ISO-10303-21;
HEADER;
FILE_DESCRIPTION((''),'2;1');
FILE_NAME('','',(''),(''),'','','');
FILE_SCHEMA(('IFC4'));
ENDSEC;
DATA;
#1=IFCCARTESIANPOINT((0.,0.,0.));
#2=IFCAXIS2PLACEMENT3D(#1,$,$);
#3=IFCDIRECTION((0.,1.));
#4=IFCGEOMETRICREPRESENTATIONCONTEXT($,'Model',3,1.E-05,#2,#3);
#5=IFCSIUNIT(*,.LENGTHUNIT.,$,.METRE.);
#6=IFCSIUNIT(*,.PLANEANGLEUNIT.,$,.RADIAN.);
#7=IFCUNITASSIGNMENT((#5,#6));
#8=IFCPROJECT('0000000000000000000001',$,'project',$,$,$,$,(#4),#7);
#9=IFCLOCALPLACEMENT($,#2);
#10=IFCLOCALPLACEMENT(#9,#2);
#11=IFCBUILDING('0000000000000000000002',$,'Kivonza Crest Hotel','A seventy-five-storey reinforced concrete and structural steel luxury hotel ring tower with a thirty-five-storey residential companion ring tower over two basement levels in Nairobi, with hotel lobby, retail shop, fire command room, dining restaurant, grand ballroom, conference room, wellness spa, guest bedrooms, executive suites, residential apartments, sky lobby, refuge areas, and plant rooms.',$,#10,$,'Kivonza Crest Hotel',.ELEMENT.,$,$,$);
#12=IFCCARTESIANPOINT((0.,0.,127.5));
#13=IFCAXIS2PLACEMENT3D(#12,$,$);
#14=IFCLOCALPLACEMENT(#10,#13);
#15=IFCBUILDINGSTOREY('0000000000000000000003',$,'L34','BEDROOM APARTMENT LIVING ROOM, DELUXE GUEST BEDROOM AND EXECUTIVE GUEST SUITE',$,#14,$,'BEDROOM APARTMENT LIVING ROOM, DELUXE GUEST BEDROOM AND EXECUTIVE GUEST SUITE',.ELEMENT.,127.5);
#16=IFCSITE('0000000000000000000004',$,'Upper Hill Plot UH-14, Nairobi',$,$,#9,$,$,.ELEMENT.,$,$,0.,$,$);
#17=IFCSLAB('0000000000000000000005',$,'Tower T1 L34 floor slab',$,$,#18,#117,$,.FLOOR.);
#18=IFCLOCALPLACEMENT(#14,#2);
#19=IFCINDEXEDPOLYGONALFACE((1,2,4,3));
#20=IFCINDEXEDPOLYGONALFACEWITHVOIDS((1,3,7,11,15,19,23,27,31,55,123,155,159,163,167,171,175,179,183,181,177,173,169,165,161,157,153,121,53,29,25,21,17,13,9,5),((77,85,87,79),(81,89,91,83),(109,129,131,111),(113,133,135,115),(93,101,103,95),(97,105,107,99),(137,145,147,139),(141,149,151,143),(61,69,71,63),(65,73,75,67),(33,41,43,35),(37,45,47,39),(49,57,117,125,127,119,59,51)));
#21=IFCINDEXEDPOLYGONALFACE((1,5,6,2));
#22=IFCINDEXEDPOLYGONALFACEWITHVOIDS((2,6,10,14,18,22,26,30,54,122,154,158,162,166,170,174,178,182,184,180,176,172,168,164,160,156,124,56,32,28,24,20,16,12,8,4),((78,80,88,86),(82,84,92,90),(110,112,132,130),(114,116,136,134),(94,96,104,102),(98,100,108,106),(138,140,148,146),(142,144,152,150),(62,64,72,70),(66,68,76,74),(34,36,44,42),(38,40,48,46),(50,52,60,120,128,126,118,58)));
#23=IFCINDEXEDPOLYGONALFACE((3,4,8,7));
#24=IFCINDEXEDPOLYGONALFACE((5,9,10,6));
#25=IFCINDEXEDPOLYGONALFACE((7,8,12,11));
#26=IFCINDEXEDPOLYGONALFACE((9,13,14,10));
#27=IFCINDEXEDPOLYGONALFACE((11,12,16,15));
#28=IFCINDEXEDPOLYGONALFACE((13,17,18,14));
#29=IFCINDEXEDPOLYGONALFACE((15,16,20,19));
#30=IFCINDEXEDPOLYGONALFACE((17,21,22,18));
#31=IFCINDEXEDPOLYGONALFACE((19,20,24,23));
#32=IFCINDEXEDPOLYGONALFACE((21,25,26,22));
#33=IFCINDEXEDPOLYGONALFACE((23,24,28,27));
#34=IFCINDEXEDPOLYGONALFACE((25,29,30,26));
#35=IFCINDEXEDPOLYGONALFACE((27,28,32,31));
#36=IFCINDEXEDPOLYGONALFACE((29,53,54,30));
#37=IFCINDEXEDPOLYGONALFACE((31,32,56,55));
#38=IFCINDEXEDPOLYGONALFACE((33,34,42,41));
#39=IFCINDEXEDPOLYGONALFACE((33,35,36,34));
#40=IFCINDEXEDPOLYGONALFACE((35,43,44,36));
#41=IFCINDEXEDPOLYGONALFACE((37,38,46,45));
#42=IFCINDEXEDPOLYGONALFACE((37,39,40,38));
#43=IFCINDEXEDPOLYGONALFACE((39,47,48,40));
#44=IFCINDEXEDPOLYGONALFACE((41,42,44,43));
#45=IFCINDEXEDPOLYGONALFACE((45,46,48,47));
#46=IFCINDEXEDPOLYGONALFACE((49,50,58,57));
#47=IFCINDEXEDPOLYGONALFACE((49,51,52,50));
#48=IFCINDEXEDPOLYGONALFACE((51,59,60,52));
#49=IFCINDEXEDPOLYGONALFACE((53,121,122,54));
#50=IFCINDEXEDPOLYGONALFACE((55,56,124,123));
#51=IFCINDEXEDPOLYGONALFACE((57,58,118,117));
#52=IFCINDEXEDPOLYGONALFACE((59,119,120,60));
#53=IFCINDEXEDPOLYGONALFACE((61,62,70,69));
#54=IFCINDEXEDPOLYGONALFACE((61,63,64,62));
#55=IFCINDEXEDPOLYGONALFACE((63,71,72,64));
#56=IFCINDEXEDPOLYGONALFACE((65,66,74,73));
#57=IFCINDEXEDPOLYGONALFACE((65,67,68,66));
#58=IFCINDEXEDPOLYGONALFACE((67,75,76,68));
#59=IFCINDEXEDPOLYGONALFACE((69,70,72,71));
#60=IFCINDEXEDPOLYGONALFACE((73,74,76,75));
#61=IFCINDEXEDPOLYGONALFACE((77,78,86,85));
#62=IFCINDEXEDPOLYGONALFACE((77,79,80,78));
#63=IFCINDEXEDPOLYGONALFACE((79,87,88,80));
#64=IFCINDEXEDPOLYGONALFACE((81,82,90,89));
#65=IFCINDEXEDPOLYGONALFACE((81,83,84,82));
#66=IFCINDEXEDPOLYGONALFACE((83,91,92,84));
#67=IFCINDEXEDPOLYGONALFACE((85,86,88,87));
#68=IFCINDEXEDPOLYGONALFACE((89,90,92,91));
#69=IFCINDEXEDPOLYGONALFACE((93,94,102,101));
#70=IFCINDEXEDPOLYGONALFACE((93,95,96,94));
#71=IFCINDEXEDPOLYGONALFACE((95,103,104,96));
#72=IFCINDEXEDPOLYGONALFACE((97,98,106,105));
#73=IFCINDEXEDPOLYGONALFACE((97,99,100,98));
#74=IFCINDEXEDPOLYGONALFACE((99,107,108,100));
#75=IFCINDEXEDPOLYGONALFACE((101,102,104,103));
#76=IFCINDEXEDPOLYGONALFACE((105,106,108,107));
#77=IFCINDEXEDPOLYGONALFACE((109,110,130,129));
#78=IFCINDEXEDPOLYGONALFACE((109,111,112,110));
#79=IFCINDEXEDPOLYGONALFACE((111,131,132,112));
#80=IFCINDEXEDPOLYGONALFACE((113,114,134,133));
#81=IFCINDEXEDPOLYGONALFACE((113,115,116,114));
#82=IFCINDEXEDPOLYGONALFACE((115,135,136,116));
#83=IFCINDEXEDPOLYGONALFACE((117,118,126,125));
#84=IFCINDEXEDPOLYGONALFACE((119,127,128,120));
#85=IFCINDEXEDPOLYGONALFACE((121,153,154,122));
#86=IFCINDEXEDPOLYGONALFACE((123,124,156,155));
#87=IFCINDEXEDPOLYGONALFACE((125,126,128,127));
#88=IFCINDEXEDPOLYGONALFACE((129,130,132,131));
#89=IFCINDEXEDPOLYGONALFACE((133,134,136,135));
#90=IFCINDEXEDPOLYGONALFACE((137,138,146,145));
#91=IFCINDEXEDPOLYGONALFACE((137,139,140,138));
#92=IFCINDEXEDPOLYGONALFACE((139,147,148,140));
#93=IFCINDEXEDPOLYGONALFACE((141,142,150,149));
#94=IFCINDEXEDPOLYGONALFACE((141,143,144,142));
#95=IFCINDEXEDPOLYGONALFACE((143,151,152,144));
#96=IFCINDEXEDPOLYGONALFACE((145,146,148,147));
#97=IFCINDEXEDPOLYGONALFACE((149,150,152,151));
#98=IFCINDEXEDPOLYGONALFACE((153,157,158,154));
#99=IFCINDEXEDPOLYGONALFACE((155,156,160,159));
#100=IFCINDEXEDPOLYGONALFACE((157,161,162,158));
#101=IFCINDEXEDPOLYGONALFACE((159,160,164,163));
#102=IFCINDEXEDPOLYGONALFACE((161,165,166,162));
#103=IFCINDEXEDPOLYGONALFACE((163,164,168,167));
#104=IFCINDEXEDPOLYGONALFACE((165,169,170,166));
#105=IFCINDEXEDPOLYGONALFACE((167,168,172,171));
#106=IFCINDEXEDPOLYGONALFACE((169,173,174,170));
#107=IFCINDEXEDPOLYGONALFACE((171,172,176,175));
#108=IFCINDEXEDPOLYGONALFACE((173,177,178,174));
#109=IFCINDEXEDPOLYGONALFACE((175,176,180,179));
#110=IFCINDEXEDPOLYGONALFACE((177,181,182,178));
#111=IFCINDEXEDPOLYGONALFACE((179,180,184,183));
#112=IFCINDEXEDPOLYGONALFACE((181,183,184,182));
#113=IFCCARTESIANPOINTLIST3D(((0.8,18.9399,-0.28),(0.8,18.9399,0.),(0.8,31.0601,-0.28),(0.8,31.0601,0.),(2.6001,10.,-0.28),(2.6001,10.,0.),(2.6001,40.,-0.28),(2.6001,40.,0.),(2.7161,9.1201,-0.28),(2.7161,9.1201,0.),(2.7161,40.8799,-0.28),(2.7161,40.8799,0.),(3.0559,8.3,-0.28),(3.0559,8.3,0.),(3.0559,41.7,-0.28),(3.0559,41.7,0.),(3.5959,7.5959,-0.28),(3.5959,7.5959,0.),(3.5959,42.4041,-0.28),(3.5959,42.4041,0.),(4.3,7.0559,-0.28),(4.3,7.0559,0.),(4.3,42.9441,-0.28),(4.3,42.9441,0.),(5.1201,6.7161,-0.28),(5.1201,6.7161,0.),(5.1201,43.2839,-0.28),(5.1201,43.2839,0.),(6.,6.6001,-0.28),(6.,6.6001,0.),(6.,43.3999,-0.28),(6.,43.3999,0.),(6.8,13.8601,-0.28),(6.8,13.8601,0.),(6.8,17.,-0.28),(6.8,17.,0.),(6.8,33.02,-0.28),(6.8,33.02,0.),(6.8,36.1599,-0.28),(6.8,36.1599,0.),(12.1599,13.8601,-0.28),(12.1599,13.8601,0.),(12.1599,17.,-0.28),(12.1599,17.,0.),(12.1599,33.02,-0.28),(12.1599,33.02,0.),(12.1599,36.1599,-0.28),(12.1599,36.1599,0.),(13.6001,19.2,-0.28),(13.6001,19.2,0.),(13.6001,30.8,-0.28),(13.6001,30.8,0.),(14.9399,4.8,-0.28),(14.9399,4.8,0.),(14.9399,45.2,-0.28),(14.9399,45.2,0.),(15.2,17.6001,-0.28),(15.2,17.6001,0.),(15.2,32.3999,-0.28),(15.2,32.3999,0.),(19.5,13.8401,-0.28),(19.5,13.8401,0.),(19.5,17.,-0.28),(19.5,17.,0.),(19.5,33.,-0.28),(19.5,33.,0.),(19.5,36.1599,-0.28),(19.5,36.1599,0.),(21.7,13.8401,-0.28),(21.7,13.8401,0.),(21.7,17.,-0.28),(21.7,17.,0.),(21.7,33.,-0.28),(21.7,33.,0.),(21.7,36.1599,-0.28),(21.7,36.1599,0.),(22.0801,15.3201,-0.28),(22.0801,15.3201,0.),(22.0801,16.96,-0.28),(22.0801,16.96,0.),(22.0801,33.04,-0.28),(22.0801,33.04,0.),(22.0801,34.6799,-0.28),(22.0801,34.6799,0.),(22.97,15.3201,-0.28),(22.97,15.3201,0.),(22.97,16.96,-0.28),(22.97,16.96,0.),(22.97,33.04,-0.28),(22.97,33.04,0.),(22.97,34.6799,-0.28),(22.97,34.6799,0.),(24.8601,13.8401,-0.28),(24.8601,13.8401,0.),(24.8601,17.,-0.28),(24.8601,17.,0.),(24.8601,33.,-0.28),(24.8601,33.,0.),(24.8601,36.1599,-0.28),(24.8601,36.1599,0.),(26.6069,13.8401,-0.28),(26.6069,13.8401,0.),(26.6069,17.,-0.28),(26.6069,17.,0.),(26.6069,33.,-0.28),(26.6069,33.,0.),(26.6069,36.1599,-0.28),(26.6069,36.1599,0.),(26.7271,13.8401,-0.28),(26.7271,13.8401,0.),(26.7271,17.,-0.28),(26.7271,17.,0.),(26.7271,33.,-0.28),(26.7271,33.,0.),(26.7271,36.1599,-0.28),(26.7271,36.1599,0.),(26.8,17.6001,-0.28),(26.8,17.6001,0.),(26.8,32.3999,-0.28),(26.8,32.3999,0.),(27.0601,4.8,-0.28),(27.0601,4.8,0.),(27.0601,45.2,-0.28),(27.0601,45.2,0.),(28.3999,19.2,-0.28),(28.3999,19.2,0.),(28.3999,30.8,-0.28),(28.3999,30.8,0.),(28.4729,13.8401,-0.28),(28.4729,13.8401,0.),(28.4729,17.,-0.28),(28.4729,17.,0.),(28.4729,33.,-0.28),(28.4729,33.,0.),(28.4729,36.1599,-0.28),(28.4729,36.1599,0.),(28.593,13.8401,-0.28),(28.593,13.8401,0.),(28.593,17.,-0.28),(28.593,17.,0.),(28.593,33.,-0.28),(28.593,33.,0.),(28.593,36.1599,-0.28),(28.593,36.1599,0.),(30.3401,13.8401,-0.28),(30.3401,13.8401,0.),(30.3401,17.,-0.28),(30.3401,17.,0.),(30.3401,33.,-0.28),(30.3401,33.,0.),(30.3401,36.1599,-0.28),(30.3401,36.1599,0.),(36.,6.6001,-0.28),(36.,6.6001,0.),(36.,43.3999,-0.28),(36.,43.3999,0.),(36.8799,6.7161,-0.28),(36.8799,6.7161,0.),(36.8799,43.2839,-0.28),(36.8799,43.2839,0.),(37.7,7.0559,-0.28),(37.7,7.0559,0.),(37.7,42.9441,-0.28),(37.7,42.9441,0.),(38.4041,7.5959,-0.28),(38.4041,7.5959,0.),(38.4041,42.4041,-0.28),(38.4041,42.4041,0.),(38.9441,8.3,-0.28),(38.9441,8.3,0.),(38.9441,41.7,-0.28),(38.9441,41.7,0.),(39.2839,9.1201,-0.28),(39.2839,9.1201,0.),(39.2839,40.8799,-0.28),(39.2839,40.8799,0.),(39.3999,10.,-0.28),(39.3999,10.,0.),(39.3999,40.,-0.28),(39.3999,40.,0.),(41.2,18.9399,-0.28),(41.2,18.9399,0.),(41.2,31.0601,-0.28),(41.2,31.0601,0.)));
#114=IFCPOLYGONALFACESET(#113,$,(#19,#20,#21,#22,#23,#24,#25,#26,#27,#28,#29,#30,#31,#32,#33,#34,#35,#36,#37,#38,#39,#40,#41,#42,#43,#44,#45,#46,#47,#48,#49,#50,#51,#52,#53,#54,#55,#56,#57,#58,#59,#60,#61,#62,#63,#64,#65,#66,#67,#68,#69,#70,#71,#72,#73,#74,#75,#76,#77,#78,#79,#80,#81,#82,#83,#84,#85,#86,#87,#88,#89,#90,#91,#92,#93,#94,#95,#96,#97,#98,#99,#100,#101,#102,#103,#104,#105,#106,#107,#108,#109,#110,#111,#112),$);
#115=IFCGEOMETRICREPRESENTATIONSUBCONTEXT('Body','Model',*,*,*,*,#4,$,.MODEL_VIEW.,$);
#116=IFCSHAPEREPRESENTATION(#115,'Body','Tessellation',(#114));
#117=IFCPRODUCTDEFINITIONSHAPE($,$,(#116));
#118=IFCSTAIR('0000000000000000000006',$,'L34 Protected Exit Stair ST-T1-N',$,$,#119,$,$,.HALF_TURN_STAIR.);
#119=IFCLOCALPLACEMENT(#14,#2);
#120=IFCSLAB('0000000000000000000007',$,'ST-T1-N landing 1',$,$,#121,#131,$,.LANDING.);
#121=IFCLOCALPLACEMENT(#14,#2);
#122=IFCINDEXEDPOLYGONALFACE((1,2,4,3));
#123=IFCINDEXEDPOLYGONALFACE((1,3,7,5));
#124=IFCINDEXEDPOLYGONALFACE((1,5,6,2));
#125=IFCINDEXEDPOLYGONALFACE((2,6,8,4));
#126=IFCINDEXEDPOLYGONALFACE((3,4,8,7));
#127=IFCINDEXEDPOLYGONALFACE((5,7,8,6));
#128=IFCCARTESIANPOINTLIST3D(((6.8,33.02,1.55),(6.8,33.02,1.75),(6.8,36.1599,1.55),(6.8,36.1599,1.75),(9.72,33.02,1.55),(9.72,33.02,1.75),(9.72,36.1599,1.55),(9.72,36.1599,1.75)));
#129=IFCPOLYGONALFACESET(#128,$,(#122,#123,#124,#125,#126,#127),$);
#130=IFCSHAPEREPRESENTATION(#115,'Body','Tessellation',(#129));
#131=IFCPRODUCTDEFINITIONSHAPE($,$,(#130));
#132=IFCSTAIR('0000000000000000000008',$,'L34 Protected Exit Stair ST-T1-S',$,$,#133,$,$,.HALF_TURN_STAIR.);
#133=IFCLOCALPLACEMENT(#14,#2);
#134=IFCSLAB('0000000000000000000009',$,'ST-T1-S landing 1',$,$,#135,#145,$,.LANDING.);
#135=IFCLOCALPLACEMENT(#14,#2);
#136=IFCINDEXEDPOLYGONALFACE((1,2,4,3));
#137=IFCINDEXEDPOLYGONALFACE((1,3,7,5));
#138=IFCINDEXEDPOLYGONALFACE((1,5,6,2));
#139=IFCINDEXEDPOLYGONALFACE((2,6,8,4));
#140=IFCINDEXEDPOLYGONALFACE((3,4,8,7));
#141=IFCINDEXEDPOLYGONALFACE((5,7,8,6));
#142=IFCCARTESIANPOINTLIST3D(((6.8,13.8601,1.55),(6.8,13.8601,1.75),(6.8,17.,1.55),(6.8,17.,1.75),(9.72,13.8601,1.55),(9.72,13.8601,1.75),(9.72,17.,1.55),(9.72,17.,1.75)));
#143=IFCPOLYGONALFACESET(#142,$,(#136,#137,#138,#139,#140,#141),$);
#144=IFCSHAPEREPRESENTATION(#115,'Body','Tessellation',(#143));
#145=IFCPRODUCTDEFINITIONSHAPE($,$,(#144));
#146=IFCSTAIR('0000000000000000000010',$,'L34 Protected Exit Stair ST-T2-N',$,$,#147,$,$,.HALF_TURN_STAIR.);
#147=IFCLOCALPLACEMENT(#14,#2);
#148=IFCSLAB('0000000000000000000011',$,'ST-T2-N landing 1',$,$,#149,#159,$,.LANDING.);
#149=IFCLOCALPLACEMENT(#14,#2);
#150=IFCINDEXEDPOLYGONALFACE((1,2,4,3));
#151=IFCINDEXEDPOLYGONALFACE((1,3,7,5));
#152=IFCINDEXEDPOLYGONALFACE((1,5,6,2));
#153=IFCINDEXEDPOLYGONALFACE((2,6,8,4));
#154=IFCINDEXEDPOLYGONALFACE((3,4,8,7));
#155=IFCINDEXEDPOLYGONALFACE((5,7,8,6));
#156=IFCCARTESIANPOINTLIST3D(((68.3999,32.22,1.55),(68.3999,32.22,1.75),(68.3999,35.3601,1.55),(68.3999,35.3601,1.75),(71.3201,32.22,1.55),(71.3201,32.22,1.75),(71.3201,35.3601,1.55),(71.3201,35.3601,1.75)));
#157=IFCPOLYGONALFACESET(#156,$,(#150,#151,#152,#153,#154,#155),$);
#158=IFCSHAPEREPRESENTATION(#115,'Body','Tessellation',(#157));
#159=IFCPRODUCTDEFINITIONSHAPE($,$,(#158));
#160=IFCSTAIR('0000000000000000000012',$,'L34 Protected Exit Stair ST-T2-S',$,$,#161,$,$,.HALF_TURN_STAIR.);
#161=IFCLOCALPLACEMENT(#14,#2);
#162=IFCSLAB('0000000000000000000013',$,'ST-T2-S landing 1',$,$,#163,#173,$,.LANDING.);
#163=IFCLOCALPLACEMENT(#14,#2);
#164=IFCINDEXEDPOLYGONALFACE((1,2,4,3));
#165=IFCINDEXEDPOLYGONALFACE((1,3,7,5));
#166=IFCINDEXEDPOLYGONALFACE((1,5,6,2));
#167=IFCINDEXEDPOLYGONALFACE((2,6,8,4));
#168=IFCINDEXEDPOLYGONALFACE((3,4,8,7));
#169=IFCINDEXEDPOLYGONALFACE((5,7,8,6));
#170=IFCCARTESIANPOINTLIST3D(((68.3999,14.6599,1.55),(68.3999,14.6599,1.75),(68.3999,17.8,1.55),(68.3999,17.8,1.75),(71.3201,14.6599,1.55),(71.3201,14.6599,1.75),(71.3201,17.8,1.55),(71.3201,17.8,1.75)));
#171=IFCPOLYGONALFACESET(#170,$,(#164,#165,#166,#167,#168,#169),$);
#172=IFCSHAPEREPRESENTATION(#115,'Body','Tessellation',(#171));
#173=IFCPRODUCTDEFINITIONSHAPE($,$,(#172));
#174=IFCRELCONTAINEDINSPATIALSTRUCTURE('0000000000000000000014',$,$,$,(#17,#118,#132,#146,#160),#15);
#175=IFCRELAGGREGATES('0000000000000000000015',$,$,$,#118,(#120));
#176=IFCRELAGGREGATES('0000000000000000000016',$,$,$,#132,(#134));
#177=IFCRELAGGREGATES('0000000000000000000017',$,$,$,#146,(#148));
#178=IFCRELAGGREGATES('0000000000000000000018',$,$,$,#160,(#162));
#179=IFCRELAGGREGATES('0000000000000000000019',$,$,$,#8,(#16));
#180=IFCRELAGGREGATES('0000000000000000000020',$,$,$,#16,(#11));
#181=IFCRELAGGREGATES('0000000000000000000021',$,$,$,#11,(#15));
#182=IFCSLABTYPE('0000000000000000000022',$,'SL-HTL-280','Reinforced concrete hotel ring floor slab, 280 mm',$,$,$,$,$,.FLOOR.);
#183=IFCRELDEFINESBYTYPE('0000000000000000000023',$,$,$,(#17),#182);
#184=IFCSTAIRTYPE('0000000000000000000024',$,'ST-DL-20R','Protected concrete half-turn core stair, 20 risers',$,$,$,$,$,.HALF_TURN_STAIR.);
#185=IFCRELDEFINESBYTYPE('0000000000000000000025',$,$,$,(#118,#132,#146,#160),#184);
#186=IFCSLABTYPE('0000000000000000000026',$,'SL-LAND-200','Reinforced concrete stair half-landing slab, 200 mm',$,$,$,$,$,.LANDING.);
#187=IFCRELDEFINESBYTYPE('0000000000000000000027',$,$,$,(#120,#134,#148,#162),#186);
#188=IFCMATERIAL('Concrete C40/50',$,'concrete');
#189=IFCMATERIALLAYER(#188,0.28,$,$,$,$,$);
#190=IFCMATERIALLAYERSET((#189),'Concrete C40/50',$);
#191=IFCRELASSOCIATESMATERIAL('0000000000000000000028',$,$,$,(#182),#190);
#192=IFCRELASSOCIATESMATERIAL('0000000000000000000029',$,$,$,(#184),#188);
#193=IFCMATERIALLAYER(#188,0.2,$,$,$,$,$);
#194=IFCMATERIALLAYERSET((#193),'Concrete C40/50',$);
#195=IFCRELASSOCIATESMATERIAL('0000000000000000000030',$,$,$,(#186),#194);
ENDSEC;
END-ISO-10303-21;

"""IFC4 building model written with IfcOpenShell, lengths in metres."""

from ifc_helpers import new_model, si_unit, direction, frame, origin, place, context, subcontext, project, spatial, polyline, outline, extrude, material, layer, layer_set, type_object, element, aggregate, save


model = new_model("IFC4")

# Units and contexts
model_context = context("Model", 3, precision=1e-05, world=origin(), true_north=direction((0.0, 1.0)))
body_context = subcontext(model_context, "Body", "Model", "MODEL_VIEW")
ifc_project = project(units=[si_unit("LENGTHUNIT", "METRE"), si_unit("PLANEANGLEUNIT", "RADIAN")], contexts=[model_context])

# Site, building, storey
site_placement = place(None, origin())
site = spatial("IfcSite", under=ifc_project, at=site_placement, Name="Upper Hill Plot UH-14, Nairobi", CompositionType="ELEMENT", RefElevation=0.0)
building_placement = place(site_placement, origin())
building = spatial("IfcBuilding", under=site, at=building_placement, Name="Kivonza Crest Hotel", Description="A seventy-five-storey reinforced concrete and structural steel luxury hotel ring tower with a thirty-five-storey residential companion ring tower over two basement levels in Nairobi, with hotel lobby, retail shop, fire command room, dining restaurant, grand ballroom, conference room, wellness spa, guest bedrooms, executive suites, residential apartments, sky lobby, refuge areas, and plant rooms.", LongName="Kivonza Crest Hotel", CompositionType="ELEMENT")
storey_placement = place(building_placement, frame((0.0, 0.0, 127.5)))
storey = spatial("IfcBuildingStorey", under=building, at=storey_placement, Name="L34", Description="BEDROOM APARTMENT LIVING ROOM, DELUXE GUEST BEDROOM AND EXECUTIVE GUEST SUITE", LongName="BEDROOM APARTMENT LIVING ROOM, DELUXE GUEST BEDROOM AND EXECUTIVE GUEST SUITE", CompositionType="ELEMENT", Elevation=127.5)

# Slab
ifc_material_1 = material(Name="Concrete C40/50", Category="concrete")
ifc_layer_1 = layer(ifc_material_1, 0.28)
ifc_layer_set_1 = layer_set([ifc_layer_1], Name="Concrete C40/50")
slab_type_1 = type_object("IfcSlabType", Name="SL-HTL-280", Description="Reinforced concrete hotel ring floor slab, 280 mm", PredefinedType="FLOOR", material=ifc_layer_set_1)
slab_1_placement = place(storey_placement, frame((0.0, 0.0, -0.28)))
element("IfcSlab", 1, at=slab_1_placement, inside=storey, type_object=slab_type_1, Name="Tower T1 L34 floor slab", PredefinedType="FLOOR", context=body_context, shape_type="SweptSolid", body=[
    extrude(outline(polyline([(2.6001, 10.0), (2.7161, 9.1201), (3.0559, 8.3), (3.5959, 7.5959), (4.3, 7.0559), (5.1201, 6.7161), (6.0, 6.6001), (14.9399, 4.8), (27.0601, 4.8), (36.0, 6.6001), (36.8799, 6.7161), (37.7, 7.0559), (38.4041, 7.5959), (38.9441, 8.3), (39.2839, 9.1201), (39.3999, 10.0), (41.2, 18.9399), (41.2, 31.0601), (39.3999, 40.0), (39.2839, 40.8799), (38.9441, 41.7), (38.4041, 42.4041), (37.7, 42.9441), (36.8799, 43.2839), (36.0, 43.3999), (27.0601, 45.2), (14.9399, 45.2), (6.0, 43.3999), (5.1201, 43.2839), (4.3, 42.9441), (3.5959, 42.4041), (3.0559, 41.7), (2.7161, 40.8799), (2.6001, 40.0), (0.8, 31.0601), (0.8, 18.9399), (2.6001, 10.0)]), holes=[polyline([(15.2, 17.6001), (26.8, 17.6001), (28.3999, 19.2), (28.3999, 30.8), (26.8, 32.3999), (15.2, 32.3999), (13.6001, 30.8), (13.6001, 19.2), (15.2, 17.6001)]), polyline([(6.8, 33.02), (12.1599, 33.02), (12.1599, 36.1599), (6.8, 36.1599), (6.8, 33.02)]), polyline([(6.8, 13.8601), (12.1599, 13.8601), (12.1599, 17.0), (6.8, 17.0), (6.8, 13.8601)]), polyline([(22.0801, 33.04), (22.97, 33.04), (22.97, 34.6799), (22.0801, 34.6799), (22.0801, 33.04)]), polyline([(22.0801, 15.3201), (22.97, 15.3201), (22.97, 16.96), (22.0801, 16.96), (22.0801, 15.3201)]), polyline([(19.5, 33.0), (21.7, 33.0), (21.7, 36.1599), (19.5, 36.1599), (19.5, 33.0)]), polyline([(24.8601, 33.0), (26.6069, 33.0), (26.6069, 36.1599), (24.8601, 36.1599), (24.8601, 33.0)]), polyline([(26.7271, 33.0), (28.4729, 33.0), (28.4729, 36.1599), (26.7271, 36.1599), (26.7271, 33.0)]), polyline([(28.593, 33.0), (30.3401, 33.0), (30.3401, 36.1599), (28.593, 36.1599), (28.593, 33.0)]), polyline([(19.5, 13.8401), (21.7, 13.8401), (21.7, 17.0), (19.5, 17.0), (19.5, 13.8401)]), polyline([(24.8601, 13.8401), (26.6069, 13.8401), (26.6069, 17.0), (24.8601, 17.0), (24.8601, 13.8401)]), polyline([(26.7271, 13.8401), (28.4729, 13.8401), (28.4729, 17.0), (26.7271, 17.0), (26.7271, 13.8401)]), polyline([(28.593, 13.8401), (30.3401, 13.8401), (30.3401, 17.0), (28.593, 17.0), (28.593, 13.8401)])]), origin(), (0.0, 0.0, 1.0), 0.28),
])

# Stairs, slabs
stair_type = type_object("IfcStairType", Name="ST-DL-20R", Description="Protected concrete half-turn core stair, 20 risers", PredefinedType="HALF_TURN_STAIR", material=ifc_material_1)
stair_1_placement = place(storey_placement, origin())
stair_1 = element("IfcStair", 2, at=stair_1_placement, inside=storey, type_object=stair_type, Name="L34 Protected Exit Stair ST-T1-N", PredefinedType="HALF_TURN_STAIR")
ifc_layer_2 = layer(ifc_material_1, 0.2)
ifc_layer_set_2 = layer_set([ifc_layer_2], Name="Concrete C40/50")
slab_type_2 = type_object("IfcSlabType", Name="SL-LAND-200", Description="Reinforced concrete stair half-landing slab, 200 mm", PredefinedType="LANDING", material=ifc_layer_set_2)
slab_2_placement = place(storey_placement, frame((0.0, 0.0, 1.55)))
slab_2 = element("IfcSlab", 3, at=slab_2_placement, type_object=slab_type_2, Name="ST-T1-N landing 1", PredefinedType="LANDING", context=body_context, shape_type="SweptSolid", body=[
    extrude(outline(polyline([(9.72, 36.1599), (6.8, 36.1599), (6.8, 33.02), (9.72, 33.02), (9.72, 36.1599)])), origin(), (0.0, 0.0, 1.0), 0.2),
])
aggregate(stair_1, [slab_2])
stair_2_placement = place(storey_placement, origin())
stair_2 = element("IfcStair", 4, at=stair_2_placement, inside=storey, type_object=stair_type, Name="L34 Protected Exit Stair ST-T1-S", PredefinedType="HALF_TURN_STAIR")
slab_3_placement = place(storey_placement, frame((0.0, 0.0, 1.55)))
slab_3 = element("IfcSlab", 5, at=slab_3_placement, type_object=slab_type_2, Name="ST-T1-S landing 1", PredefinedType="LANDING", context=body_context, shape_type="SweptSolid", body=[
    extrude(outline(polyline([(9.72, 17.0), (6.8, 17.0), (6.8, 13.8601), (9.72, 13.8601), (9.72, 17.0)])), origin(), (0.0, 0.0, 1.0), 0.2),
])
aggregate(stair_2, [slab_3])
stair_3_placement = place(storey_placement, origin())
stair_3 = element("IfcStair", 6, at=stair_3_placement, inside=storey, type_object=stair_type, Name="L34 Protected Exit Stair ST-T2-N", PredefinedType="HALF_TURN_STAIR")
slab_4_placement = place(storey_placement, frame((0.0, 0.0, 1.55)))
slab_4 = element("IfcSlab", 7, at=slab_4_placement, type_object=slab_type_2, Name="ST-T2-N landing 1", PredefinedType="LANDING", context=body_context, shape_type="SweptSolid", body=[
    extrude(outline(polyline([(71.3201, 35.3601), (68.3999, 35.3601), (68.3999, 32.22), (71.3201, 32.22), (71.3201, 35.3601)])), origin(), (0.0, 0.0, 1.0), 0.2),
])
aggregate(stair_3, [slab_4])
stair_4_placement = place(storey_placement, origin())
stair_4 = element("IfcStair", 8, at=stair_4_placement, inside=storey, type_object=stair_type, Name="L34 Protected Exit Stair ST-T2-S", PredefinedType="HALF_TURN_STAIR")
slab_5_placement = place(storey_placement, frame((0.0, 0.0, 1.55)))
slab_5 = element("IfcSlab", 9, at=slab_5_placement, type_object=slab_type_2, Name="ST-T2-S landing 1", PredefinedType="LANDING", context=body_context, shape_type="SweptSolid", body=[
    extrude(outline(polyline([(71.3201, 17.8), (68.3999, 17.8), (68.3999, 14.6599), (71.3201, 14.6599), (71.3201, 17.8)])), origin(), (0.0, 0.0, 1.0), 0.2),
])
aggregate(stair_4, [slab_5])

save(model, "model.ifc")
